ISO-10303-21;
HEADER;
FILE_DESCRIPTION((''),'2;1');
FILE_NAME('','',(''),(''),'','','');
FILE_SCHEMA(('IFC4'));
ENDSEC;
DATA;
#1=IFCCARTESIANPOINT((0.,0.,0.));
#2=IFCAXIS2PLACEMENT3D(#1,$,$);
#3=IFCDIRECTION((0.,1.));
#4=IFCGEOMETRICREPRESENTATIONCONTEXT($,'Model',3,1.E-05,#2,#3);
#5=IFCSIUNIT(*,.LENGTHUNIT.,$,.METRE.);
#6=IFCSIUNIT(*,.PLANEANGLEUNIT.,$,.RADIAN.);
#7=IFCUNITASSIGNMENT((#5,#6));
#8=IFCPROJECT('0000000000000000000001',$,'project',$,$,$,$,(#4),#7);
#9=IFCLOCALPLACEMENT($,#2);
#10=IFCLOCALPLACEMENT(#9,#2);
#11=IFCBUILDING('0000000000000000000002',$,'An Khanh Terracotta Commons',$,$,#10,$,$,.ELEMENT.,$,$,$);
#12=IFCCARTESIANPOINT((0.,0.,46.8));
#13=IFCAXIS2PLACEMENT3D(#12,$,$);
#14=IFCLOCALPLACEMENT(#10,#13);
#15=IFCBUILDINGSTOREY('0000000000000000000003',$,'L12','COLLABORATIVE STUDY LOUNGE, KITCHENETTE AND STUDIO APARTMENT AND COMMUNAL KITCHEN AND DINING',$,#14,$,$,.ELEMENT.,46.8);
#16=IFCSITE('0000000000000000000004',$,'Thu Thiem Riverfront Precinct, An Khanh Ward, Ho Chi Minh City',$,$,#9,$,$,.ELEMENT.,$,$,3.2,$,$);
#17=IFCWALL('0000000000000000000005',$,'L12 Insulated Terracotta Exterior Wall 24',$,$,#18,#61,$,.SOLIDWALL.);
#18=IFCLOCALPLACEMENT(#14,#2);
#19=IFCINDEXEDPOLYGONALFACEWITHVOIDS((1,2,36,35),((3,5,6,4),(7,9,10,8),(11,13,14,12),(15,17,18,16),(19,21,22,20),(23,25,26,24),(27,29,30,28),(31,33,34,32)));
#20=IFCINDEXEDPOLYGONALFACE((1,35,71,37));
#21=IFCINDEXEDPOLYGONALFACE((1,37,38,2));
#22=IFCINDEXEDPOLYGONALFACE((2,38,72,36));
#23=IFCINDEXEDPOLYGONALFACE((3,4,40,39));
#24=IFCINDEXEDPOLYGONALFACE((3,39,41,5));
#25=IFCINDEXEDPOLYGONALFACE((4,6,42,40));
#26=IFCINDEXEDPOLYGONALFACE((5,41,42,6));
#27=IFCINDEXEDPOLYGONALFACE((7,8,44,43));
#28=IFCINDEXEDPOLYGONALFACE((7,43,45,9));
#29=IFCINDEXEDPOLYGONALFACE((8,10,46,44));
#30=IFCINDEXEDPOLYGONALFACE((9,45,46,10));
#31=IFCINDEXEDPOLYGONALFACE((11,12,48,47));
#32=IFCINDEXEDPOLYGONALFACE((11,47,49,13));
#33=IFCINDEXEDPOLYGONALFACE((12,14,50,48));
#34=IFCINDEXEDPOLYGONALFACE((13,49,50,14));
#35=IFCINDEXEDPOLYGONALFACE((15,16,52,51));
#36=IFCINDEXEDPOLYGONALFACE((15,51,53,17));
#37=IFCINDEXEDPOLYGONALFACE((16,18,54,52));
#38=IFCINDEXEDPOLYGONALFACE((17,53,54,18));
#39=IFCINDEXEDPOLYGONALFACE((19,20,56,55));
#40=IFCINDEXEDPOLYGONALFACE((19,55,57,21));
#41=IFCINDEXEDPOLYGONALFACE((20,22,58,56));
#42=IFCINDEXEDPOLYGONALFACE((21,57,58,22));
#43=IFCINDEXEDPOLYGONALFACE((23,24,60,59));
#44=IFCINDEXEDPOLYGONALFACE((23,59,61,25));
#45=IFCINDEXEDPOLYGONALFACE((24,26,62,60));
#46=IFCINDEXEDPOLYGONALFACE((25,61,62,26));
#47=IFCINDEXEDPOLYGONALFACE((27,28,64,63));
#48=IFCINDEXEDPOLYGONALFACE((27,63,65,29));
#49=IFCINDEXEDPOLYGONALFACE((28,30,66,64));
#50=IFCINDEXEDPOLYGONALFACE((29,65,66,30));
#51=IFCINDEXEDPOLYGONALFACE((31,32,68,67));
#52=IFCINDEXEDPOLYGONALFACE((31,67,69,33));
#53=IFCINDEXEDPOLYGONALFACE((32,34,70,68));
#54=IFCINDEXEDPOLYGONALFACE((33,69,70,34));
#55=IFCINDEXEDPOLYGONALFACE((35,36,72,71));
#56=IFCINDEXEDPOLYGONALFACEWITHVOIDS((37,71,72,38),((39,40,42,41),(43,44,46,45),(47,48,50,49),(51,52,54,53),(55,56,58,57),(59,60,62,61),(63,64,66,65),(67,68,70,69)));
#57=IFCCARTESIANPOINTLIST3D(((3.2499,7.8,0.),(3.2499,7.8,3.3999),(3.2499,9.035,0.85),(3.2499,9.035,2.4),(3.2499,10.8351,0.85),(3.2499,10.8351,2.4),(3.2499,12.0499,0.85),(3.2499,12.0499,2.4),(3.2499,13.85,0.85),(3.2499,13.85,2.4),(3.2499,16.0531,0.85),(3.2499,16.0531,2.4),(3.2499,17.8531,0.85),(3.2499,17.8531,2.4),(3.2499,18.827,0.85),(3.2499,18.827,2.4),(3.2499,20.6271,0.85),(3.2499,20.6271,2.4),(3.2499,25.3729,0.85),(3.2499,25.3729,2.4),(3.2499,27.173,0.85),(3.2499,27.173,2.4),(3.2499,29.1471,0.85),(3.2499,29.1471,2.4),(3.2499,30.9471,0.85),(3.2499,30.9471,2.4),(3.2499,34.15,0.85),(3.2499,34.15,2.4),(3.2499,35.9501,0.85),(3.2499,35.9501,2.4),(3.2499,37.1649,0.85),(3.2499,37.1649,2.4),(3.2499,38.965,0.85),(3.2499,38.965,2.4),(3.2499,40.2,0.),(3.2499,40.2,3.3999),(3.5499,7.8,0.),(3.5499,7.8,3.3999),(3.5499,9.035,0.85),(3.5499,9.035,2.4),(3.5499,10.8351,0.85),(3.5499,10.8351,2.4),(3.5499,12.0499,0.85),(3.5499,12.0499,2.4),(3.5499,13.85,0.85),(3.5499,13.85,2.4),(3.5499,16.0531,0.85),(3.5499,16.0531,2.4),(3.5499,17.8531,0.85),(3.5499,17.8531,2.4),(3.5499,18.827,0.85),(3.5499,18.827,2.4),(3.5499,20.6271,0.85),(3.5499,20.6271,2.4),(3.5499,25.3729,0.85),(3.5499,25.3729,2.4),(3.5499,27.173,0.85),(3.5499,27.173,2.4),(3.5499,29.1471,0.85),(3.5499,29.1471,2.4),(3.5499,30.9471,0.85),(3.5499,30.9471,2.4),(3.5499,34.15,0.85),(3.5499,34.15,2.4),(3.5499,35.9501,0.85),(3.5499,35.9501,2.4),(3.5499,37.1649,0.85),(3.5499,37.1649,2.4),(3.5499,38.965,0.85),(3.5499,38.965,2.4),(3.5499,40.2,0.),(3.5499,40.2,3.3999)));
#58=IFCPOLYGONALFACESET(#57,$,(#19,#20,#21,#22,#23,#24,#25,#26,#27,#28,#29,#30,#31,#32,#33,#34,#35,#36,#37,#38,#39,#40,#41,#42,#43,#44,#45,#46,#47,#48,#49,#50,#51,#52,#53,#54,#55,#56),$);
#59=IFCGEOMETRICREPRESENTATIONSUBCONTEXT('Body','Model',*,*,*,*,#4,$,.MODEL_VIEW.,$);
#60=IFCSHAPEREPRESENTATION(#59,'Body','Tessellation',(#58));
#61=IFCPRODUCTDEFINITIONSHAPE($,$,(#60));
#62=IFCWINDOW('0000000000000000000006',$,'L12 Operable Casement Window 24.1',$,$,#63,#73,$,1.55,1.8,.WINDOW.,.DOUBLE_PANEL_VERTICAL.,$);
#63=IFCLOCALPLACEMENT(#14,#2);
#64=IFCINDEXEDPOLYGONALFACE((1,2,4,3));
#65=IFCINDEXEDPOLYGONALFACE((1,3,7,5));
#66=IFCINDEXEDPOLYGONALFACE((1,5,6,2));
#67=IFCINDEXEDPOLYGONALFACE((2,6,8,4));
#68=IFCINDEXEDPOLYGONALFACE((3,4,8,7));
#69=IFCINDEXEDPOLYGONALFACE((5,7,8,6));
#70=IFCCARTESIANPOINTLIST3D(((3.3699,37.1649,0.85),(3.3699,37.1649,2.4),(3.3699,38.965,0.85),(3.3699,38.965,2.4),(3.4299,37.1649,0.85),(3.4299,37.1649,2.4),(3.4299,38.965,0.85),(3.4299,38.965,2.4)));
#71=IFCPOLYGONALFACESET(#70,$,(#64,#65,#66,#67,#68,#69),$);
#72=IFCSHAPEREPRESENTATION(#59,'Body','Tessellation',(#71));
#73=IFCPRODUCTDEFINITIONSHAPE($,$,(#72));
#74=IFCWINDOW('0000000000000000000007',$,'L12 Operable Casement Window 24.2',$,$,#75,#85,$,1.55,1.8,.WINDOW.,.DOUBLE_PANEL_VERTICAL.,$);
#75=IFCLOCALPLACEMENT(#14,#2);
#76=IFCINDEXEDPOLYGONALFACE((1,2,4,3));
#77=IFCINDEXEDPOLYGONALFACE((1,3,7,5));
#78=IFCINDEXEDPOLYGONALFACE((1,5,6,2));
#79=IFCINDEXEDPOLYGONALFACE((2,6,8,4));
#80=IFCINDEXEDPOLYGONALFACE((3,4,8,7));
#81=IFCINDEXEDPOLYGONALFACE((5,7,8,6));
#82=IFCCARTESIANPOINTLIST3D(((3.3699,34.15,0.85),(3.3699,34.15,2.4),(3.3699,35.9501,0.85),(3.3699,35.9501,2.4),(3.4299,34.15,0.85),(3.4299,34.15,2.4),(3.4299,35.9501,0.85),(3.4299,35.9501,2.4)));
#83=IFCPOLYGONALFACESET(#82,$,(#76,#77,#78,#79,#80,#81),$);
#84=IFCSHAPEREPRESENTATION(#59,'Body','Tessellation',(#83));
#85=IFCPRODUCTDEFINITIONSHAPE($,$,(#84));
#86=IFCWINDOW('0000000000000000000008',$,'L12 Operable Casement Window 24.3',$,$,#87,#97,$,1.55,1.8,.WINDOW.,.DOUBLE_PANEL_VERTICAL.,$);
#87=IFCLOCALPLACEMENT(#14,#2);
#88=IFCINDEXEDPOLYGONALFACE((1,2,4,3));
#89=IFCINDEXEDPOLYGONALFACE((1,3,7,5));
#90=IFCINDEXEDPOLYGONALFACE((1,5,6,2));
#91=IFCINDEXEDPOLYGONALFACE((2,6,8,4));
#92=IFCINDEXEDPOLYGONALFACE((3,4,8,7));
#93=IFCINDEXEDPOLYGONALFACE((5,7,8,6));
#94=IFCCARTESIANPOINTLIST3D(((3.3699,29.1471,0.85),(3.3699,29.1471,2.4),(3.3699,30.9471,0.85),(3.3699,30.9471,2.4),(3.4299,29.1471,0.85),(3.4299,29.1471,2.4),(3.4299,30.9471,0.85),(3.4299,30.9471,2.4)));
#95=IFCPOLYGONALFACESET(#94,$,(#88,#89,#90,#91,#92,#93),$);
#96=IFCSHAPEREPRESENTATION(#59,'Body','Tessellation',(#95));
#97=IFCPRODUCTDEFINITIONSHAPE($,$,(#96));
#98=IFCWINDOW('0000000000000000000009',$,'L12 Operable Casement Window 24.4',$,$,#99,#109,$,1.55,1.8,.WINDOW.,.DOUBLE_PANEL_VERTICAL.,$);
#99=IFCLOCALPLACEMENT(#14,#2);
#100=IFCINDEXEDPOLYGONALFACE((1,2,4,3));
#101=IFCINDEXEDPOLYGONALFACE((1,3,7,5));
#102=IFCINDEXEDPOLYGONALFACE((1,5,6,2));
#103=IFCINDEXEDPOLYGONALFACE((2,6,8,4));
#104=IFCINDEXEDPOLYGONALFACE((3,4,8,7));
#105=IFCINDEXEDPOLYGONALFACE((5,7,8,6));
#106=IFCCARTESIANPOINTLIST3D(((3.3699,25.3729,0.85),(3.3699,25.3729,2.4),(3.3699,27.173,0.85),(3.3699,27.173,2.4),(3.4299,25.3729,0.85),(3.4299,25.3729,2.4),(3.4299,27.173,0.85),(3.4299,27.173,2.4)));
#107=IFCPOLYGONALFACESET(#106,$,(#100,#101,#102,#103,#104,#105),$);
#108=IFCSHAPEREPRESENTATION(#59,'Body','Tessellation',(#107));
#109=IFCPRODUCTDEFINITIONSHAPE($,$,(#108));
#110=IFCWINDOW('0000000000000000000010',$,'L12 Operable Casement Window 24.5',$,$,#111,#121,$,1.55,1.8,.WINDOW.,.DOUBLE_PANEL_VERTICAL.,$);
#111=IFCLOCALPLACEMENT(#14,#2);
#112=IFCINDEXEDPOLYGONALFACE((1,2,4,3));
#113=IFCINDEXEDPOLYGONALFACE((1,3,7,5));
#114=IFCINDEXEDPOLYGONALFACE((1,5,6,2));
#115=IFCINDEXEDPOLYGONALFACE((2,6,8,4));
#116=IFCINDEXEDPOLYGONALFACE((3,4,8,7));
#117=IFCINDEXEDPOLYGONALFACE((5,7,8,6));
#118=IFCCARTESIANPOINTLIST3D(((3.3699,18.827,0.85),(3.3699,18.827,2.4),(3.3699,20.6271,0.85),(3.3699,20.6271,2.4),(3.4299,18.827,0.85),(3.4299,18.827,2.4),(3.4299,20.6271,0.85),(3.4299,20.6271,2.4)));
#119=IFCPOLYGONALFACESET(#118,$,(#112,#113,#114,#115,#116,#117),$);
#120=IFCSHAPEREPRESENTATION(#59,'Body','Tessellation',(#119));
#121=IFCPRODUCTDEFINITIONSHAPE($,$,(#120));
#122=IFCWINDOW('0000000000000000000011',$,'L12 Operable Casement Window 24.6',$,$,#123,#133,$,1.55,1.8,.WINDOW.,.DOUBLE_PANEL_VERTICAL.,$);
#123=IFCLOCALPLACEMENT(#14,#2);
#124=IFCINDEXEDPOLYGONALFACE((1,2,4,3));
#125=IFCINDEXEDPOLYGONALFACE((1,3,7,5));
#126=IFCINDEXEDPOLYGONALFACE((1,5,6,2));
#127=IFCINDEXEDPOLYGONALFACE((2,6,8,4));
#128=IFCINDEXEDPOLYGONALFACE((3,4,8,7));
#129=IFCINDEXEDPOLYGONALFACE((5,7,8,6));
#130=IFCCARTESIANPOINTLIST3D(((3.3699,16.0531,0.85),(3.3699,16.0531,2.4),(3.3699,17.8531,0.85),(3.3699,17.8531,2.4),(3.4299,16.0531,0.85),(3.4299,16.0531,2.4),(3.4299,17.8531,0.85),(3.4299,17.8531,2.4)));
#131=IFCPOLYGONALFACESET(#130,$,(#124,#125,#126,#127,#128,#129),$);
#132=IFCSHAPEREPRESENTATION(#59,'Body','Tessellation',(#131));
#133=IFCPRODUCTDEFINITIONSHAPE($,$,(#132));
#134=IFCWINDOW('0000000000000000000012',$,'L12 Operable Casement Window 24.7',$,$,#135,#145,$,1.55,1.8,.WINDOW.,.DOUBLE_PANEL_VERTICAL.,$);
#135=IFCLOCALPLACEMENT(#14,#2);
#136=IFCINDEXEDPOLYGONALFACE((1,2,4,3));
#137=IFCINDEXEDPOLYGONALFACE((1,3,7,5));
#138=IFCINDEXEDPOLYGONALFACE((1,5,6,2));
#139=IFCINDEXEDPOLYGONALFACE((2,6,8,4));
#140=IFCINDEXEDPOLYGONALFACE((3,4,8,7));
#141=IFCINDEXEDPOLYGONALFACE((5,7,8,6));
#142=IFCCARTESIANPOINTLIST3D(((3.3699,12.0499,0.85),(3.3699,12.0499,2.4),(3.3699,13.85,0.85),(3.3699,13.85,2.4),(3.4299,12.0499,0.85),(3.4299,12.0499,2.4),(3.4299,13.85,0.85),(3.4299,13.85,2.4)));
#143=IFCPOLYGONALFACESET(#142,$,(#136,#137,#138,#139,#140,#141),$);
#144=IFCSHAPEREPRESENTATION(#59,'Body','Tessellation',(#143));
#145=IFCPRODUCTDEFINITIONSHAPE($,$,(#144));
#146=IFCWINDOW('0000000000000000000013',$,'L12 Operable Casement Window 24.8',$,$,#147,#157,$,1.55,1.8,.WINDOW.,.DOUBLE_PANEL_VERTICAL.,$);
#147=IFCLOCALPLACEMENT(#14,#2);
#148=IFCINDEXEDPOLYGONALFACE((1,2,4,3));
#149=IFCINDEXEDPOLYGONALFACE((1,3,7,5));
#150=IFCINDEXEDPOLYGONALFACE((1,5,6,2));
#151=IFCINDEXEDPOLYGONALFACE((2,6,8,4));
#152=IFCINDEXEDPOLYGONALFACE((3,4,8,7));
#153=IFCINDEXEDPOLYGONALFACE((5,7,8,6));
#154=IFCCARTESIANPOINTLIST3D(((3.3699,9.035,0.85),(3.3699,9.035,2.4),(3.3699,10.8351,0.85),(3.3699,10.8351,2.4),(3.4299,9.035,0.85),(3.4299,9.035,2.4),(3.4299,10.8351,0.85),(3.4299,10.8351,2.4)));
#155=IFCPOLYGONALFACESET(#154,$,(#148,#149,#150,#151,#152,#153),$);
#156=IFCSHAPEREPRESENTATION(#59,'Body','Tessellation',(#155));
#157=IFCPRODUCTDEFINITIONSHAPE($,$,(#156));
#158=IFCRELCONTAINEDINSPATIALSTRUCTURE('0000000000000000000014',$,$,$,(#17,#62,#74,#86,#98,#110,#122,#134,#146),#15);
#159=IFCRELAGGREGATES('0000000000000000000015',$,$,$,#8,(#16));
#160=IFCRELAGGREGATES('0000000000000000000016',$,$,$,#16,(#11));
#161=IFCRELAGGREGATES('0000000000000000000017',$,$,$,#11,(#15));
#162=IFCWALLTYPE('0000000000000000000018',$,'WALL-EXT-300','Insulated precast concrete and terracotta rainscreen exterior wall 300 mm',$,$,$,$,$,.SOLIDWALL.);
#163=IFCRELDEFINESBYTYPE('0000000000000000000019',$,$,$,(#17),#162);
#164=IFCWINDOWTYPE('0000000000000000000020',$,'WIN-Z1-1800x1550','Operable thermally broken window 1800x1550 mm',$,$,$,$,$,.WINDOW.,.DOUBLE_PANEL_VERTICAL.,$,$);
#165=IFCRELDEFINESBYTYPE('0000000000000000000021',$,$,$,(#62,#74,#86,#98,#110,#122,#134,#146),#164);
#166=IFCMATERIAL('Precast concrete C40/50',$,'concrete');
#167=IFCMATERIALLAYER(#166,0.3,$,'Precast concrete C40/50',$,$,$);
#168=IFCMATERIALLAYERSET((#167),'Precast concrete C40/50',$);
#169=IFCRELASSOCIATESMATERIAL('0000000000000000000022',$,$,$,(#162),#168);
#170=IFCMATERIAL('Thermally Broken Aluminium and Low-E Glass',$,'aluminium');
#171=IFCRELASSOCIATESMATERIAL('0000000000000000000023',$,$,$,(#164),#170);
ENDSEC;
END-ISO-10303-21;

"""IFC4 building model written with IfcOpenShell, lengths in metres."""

from ifc_helpers import new_model, si_unit, direction, frame, frame_2d, origin, place, context, subcontext, project, spatial, rectangle, extrude, material, layer, layer_set, type_object, element, fill, save


model = new_model("IFC4")

# Units and contexts
model_context = context("Model", 3, precision=1e-05, world=origin(), true_north=direction((0.0, 1.0)))
body_context = subcontext(model_context, "Body", "Model", "MODEL_VIEW")
ifc_project = project(units=[si_unit("LENGTHUNIT", "METRE"), si_unit("PLANEANGLEUNIT", "RADIAN")], contexts=[model_context])

# Site, building, storey
site_placement = place(None, origin())
site = spatial("IfcSite", under=ifc_project, at=site_placement, Name="Thu Thiem Riverfront Precinct, An Khanh Ward, Ho Chi Minh City", CompositionType="ELEMENT", RefElevation=3.2)
building_placement = place(site_placement, origin())
building = spatial("IfcBuilding", under=site, at=building_placement, Name="An Khanh Terracotta Commons", CompositionType="ELEMENT")
storey_placement = place(building_placement, frame((0.0, 0.0, 46.8)))
storey = spatial("IfcBuildingStorey", under=building, at=storey_placement, Name="L12", Description="COLLABORATIVE STUDY LOUNGE, KITCHENETTE AND STUDIO APARTMENT AND COMMUNAL KITCHEN AND DINING", CompositionType="ELEMENT", Elevation=46.8)

# Shared definitions
ifc_material_1 = material(Name="Precast concrete C40/50", Category="concrete")
ifc_layer_1 = layer(ifc_material_1, 0.3, Name="Precast concrete C40/50")
ifc_layer_set_1 = layer_set([ifc_layer_1], Name="Precast concrete C40/50")
wall_type_1 = type_object("IfcWallType", Name="WALL-EXT-300", Description="Insulated precast concrete and terracotta rainscreen exterior wall 300 mm", PredefinedType="SOLIDWALL", material=ifc_layer_set_1)

# Wall, openings, windows
wall_1_placement = place(storey_placement, frame((3.3999, 40.2, 0.0), z_axis=(0.0, 0.0, 1.0), x_axis=(0.0, -1.0, 0.0)))
wall_1 = element("IfcWall", 1, at=wall_1_placement, inside=storey, type_object=wall_type_1, Name="L12 Insulated Terracotta Exterior Wall 24", PredefinedType="SOLIDWALL", context=body_context, shape_type="SweptSolid", body=[
    extrude(rectangle(XDim=32.3999, YDim=0.3, at=frame_2d((16.2, 0.0))), origin(), (0.0, 0.0, 1.0), 3.3999),
])
opening_1_placement = place(wall_1_placement, frame((1.2351, 0.0, 0.8501)))
opening_1 = element("IfcOpeningElement", 2, at=opening_1_placement, cuts=wall_1, PredefinedType="OPENING", context=body_context, shape_type="SweptSolid", body=[
    extrude(rectangle(XDim=1.8, YDim=1.55, at=frame_2d((0.8999, 0.7749))), frame((0.0, 0.1599, 0.0), z_axis=(0.0, -1.0, 0.0), x_axis=(1.0, 0.0, 0.0)), (0.0, 0.0, 1.0), 0.3201),
])
opening_2_placement = place(wall_1_placement, frame((4.25, 0.0, 0.8501)))
opening_2 = element("IfcOpeningElement", 3, at=opening_2_placement, cuts=wall_1, PredefinedType="OPENING", context=body_context, shape_type="SweptSolid", body=[
    extrude(rectangle(XDim=1.8, YDim=1.55, at=frame_2d((0.8999, 0.7749))), frame((0.0, 0.1599, 0.0), z_axis=(0.0, -1.0, 0.0), x_axis=(1.0, 0.0, 0.0)), (0.0, 0.0, 1.0), 0.3201),
])
opening_3_placement = place(wall_1_placement, frame((9.2529, 0.0, 0.8501)))
opening_3 = element("IfcOpeningElement", 4, at=opening_3_placement, cuts=wall_1, PredefinedType="OPENING", context=body_context, shape_type="SweptSolid", body=[
    extrude(rectangle(XDim=1.8, YDim=1.55, at=frame_2d((0.8999, 0.7749))), frame((0.0, 0.1599, 0.0), z_axis=(0.0, -1.0, 0.0), x_axis=(1.0, 0.0, 0.0)), (0.0, 0.0, 1.0), 0.3201),
])
opening_4_placement = place(wall_1_placement, frame((13.0271, 0.0, 0.8501)))
opening_4 = element("IfcOpeningElement", 5, at=opening_4_placement, cuts=wall_1, PredefinedType="OPENING", context=body_context, shape_type="SweptSolid", body=[
    extrude(rectangle(XDim=1.8, YDim=1.55, at=frame_2d((0.8999, 0.7749))), frame((0.0, 0.1599, 0.0), z_axis=(0.0, -1.0, 0.0), x_axis=(1.0, 0.0, 0.0)), (0.0, 0.0, 1.0), 0.3201),
])
opening_5_placement = place(wall_1_placement, frame((19.573, 0.0, 0.8501)))
opening_5 = element("IfcOpeningElement", 6, at=opening_5_placement, cuts=wall_1, PredefinedType="OPENING", context=body_context, shape_type="SweptSolid", body=[
    extrude(rectangle(XDim=1.8, YDim=1.55, at=frame_2d((0.8999, 0.7749))), frame((0.0, 0.1599, 0.0), z_axis=(0.0, -1.0, 0.0), x_axis=(1.0, 0.0, 0.0)), (0.0, 0.0, 1.0), 0.3201),
])
opening_6_placement = place(wall_1_placement, frame((22.3469, 0.0, 0.8501)))
opening_6 = element("IfcOpeningElement", 7, at=opening_6_placement, cuts=wall_1, PredefinedType="OPENING", context=body_context, shape_type="SweptSolid", body=[
    extrude(rectangle(XDim=1.8, YDim=1.55, at=frame_2d((0.8999, 0.7749))), frame((0.0, 0.1599, 0.0), z_axis=(0.0, -1.0, 0.0), x_axis=(1.0, 0.0, 0.0)), (0.0, 0.0, 1.0), 0.3201),
])
opening_7_placement = place(wall_1_placement, frame((26.3501, 0.0, 0.8501)))
opening_7 = element("IfcOpeningElement", 8, at=opening_7_placement, cuts=wall_1, PredefinedType="OPENING", context=body_context, shape_type="SweptSolid", body=[
    extrude(rectangle(XDim=1.8, YDim=1.55, at=frame_2d((0.8999, 0.7749))), frame((0.0, 0.1599, 0.0), z_axis=(0.0, -1.0, 0.0), x_axis=(1.0, 0.0, 0.0)), (0.0, 0.0, 1.0), 0.3201),
])
opening_8_placement = place(wall_1_placement, frame((29.365, 0.0, 0.8501)))
opening_8 = element("IfcOpeningElement", 9, at=opening_8_placement, cuts=wall_1, PredefinedType="OPENING", context=body_context, shape_type="SweptSolid", body=[
    extrude(rectangle(XDim=1.8, YDim=1.55, at=frame_2d((0.8999, 0.7749))), frame((0.0, 0.1599, 0.0), z_axis=(0.0, -1.0, 0.0), x_axis=(1.0, 0.0, 0.0)), (0.0, 0.0, 1.0), 0.3201),
])
ifc_material_2 = material(Name="Thermally Broken Aluminium and Low-E Glass", Category="aluminium")
window_type = type_object("IfcWindowType", Name="WIN-Z1-1800x1550", Description="Operable thermally broken window 1800x1550 mm", PartitioningType="DOUBLE_PANEL_VERTICAL", PredefinedType="WINDOW", material=ifc_material_2)
window_1_placement = place(opening_1_placement, origin())
window_1 = element("IfcWindow", 10, at=window_1_placement, inside=storey, type_object=window_type, Name="L12 Operable Casement Window 24.1", OverallHeight=1.55, OverallWidth=1.8, PartitioningType="DOUBLE_PANEL_VERTICAL", PredefinedType="WINDOW", context=body_context, shape_type="SweptSolid", body=[
    extrude(rectangle(XDim=1.8, YDim=1.55, at=frame_2d((0.8999, 0.7749))), frame((0.0, 0.03, 0.0), z_axis=(0.0, -1.0, 0.0), x_axis=(1.0, 0.0, 0.0)), (0.0, 0.0, 1.0), 0.0601),
])
fill(opening_1, window_1)
window_2_placement = place(opening_2_placement, origin())
window_2 = element("IfcWindow", 11, at=window_2_placement, inside=storey, type_object=window_type, Name="L12 Operable Casement Window 24.2", OverallHeight=1.55, OverallWidth=1.8, PartitioningType="DOUBLE_PANEL_VERTICAL", PredefinedType="WINDOW", context=body_context, shape_type="SweptSolid", body=[
    extrude(rectangle(XDim=1.8, YDim=1.55, at=frame_2d((0.8999, 0.7749))), frame((0.0, 0.03, 0.0), z_axis=(0.0, -1.0, 0.0), x_axis=(1.0, 0.0, 0.0)), (0.0, 0.0, 1.0), 0.0601),
])
fill(opening_2, window_2)
window_3_placement = place(opening_3_placement, origin())
window_3 = element("IfcWindow", 12, at=window_3_placement, inside=storey, type_object=window_type, Name="L12 Operable Casement Window 24.3", OverallHeight=1.55, OverallWidth=1.8, PartitioningType="DOUBLE_PANEL_VERTICAL", PredefinedType="WINDOW", context=body_context, shape_type="SweptSolid", body=[
    extrude(rectangle(XDim=1.8, YDim=1.55, at=frame_2d((0.8999, 0.7749))), frame((0.0, 0.03, 0.0), z_axis=(0.0, -1.0, 0.0), x_axis=(1.0, 0.0, 0.0)), (0.0, 0.0, 1.0), 0.0601),
])
fill(opening_3, window_3)
window_4_placement = place(opening_4_placement, origin())
window_4 = element("IfcWindow", 13, at=window_4_placement, inside=storey, type_object=window_type, Name="L12 Operable Casement Window 24.4", OverallHeight=1.55, OverallWidth=1.8, PartitioningType="DOUBLE_PANEL_VERTICAL", PredefinedType="WINDOW", context=body_context, shape_type="SweptSolid", body=[
    extrude(rectangle(XDim=1.8, YDim=1.55, at=frame_2d((0.8999, 0.7749))), frame((0.0, 0.03, 0.0), z_axis=(0.0, -1.0, 0.0), x_axis=(1.0, 0.0, 0.0)), (0.0, 0.0, 1.0), 0.0601),
])
fill(opening_4, window_4)
window_5_placement = place(opening_5_placement, origin())
window_5 = element("IfcWindow", 14, at=window_5_placement, inside=storey, type_object=window_type, Name="L12 Operable Casement Window 24.5", OverallHeight=1.55, OverallWidth=1.8, PartitioningType="DOUBLE_PANEL_VERTICAL", PredefinedType="WINDOW", context=body_context, shape_type="SweptSolid", body=[
    extrude(rectangle(XDim=1.8, YDim=1.55, at=frame_2d((0.8999, 0.7749))), frame((0.0, 0.03, 0.0), z_axis=(0.0, -1.0, 0.0), x_axis=(1.0, 0.0, 0.0)), (0.0, 0.0, 1.0), 0.0601),
])
fill(opening_5, window_5)
window_6_placement = place(opening_6_placement, origin())
window_6 = element("IfcWindow", 15, at=window_6_placement, inside=storey, type_object=window_type, Name="L12 Operable Casement Window 24.6", OverallHeight=1.55, OverallWidth=1.8, PartitioningType="DOUBLE_PANEL_VERTICAL", PredefinedType="WINDOW", context=body_context, shape_type="SweptSolid", body=[
    extrude(rectangle(XDim=1.8, YDim=1.55, at=frame_2d((0.8999, 0.7749))), frame((0.0, 0.03, 0.0), z_axis=(0.0, -1.0, 0.0), x_axis=(1.0, 0.0, 0.0)), (0.0, 0.0, 1.0), 0.0601),
])
fill(opening_6, window_6)
window_7_placement = place(opening_7_placement, origin())
window_7 = element("IfcWindow", 16, at=window_7_placement, inside=storey, type_object=window_type, Name="L12 Operable Casement Window 24.7", OverallHeight=1.55, OverallWidth=1.8, PartitioningType="DOUBLE_PANEL_VERTICAL", PredefinedType="WINDOW", context=body_context, shape_type="SweptSolid", body=[
    extrude(rectangle(XDim=1.8, YDim=1.55, at=frame_2d((0.8999, 0.7749))), frame((0.0, 0.03, 0.0), z_axis=(0.0, -1.0, 0.0), x_axis=(1.0, 0.0, 0.0)), (0.0, 0.0, 1.0), 0.0601),
])
fill(opening_7, window_7)
window_8_placement = place(opening_8_placement, origin())
window_8 = element("IfcWindow", 17, at=window_8_placement, inside=storey, type_object=window_type, Name="L12 Operable Casement Window 24.8", OverallHeight=1.55, OverallWidth=1.8, PartitioningType="DOUBLE_PANEL_VERTICAL", PredefinedType="WINDOW", context=body_context, shape_type="SweptSolid", body=[
    extrude(rectangle(XDim=1.8, YDim=1.55, at=frame_2d((0.8999, 0.7749))), frame((0.0, 0.03, 0.0), z_axis=(0.0, -1.0, 0.0), x_axis=(1.0, 0.0, 0.0)), (0.0, 0.0, 1.0), 0.0601),
])
fill(opening_8, window_8)

save(model, "model.ifc")
